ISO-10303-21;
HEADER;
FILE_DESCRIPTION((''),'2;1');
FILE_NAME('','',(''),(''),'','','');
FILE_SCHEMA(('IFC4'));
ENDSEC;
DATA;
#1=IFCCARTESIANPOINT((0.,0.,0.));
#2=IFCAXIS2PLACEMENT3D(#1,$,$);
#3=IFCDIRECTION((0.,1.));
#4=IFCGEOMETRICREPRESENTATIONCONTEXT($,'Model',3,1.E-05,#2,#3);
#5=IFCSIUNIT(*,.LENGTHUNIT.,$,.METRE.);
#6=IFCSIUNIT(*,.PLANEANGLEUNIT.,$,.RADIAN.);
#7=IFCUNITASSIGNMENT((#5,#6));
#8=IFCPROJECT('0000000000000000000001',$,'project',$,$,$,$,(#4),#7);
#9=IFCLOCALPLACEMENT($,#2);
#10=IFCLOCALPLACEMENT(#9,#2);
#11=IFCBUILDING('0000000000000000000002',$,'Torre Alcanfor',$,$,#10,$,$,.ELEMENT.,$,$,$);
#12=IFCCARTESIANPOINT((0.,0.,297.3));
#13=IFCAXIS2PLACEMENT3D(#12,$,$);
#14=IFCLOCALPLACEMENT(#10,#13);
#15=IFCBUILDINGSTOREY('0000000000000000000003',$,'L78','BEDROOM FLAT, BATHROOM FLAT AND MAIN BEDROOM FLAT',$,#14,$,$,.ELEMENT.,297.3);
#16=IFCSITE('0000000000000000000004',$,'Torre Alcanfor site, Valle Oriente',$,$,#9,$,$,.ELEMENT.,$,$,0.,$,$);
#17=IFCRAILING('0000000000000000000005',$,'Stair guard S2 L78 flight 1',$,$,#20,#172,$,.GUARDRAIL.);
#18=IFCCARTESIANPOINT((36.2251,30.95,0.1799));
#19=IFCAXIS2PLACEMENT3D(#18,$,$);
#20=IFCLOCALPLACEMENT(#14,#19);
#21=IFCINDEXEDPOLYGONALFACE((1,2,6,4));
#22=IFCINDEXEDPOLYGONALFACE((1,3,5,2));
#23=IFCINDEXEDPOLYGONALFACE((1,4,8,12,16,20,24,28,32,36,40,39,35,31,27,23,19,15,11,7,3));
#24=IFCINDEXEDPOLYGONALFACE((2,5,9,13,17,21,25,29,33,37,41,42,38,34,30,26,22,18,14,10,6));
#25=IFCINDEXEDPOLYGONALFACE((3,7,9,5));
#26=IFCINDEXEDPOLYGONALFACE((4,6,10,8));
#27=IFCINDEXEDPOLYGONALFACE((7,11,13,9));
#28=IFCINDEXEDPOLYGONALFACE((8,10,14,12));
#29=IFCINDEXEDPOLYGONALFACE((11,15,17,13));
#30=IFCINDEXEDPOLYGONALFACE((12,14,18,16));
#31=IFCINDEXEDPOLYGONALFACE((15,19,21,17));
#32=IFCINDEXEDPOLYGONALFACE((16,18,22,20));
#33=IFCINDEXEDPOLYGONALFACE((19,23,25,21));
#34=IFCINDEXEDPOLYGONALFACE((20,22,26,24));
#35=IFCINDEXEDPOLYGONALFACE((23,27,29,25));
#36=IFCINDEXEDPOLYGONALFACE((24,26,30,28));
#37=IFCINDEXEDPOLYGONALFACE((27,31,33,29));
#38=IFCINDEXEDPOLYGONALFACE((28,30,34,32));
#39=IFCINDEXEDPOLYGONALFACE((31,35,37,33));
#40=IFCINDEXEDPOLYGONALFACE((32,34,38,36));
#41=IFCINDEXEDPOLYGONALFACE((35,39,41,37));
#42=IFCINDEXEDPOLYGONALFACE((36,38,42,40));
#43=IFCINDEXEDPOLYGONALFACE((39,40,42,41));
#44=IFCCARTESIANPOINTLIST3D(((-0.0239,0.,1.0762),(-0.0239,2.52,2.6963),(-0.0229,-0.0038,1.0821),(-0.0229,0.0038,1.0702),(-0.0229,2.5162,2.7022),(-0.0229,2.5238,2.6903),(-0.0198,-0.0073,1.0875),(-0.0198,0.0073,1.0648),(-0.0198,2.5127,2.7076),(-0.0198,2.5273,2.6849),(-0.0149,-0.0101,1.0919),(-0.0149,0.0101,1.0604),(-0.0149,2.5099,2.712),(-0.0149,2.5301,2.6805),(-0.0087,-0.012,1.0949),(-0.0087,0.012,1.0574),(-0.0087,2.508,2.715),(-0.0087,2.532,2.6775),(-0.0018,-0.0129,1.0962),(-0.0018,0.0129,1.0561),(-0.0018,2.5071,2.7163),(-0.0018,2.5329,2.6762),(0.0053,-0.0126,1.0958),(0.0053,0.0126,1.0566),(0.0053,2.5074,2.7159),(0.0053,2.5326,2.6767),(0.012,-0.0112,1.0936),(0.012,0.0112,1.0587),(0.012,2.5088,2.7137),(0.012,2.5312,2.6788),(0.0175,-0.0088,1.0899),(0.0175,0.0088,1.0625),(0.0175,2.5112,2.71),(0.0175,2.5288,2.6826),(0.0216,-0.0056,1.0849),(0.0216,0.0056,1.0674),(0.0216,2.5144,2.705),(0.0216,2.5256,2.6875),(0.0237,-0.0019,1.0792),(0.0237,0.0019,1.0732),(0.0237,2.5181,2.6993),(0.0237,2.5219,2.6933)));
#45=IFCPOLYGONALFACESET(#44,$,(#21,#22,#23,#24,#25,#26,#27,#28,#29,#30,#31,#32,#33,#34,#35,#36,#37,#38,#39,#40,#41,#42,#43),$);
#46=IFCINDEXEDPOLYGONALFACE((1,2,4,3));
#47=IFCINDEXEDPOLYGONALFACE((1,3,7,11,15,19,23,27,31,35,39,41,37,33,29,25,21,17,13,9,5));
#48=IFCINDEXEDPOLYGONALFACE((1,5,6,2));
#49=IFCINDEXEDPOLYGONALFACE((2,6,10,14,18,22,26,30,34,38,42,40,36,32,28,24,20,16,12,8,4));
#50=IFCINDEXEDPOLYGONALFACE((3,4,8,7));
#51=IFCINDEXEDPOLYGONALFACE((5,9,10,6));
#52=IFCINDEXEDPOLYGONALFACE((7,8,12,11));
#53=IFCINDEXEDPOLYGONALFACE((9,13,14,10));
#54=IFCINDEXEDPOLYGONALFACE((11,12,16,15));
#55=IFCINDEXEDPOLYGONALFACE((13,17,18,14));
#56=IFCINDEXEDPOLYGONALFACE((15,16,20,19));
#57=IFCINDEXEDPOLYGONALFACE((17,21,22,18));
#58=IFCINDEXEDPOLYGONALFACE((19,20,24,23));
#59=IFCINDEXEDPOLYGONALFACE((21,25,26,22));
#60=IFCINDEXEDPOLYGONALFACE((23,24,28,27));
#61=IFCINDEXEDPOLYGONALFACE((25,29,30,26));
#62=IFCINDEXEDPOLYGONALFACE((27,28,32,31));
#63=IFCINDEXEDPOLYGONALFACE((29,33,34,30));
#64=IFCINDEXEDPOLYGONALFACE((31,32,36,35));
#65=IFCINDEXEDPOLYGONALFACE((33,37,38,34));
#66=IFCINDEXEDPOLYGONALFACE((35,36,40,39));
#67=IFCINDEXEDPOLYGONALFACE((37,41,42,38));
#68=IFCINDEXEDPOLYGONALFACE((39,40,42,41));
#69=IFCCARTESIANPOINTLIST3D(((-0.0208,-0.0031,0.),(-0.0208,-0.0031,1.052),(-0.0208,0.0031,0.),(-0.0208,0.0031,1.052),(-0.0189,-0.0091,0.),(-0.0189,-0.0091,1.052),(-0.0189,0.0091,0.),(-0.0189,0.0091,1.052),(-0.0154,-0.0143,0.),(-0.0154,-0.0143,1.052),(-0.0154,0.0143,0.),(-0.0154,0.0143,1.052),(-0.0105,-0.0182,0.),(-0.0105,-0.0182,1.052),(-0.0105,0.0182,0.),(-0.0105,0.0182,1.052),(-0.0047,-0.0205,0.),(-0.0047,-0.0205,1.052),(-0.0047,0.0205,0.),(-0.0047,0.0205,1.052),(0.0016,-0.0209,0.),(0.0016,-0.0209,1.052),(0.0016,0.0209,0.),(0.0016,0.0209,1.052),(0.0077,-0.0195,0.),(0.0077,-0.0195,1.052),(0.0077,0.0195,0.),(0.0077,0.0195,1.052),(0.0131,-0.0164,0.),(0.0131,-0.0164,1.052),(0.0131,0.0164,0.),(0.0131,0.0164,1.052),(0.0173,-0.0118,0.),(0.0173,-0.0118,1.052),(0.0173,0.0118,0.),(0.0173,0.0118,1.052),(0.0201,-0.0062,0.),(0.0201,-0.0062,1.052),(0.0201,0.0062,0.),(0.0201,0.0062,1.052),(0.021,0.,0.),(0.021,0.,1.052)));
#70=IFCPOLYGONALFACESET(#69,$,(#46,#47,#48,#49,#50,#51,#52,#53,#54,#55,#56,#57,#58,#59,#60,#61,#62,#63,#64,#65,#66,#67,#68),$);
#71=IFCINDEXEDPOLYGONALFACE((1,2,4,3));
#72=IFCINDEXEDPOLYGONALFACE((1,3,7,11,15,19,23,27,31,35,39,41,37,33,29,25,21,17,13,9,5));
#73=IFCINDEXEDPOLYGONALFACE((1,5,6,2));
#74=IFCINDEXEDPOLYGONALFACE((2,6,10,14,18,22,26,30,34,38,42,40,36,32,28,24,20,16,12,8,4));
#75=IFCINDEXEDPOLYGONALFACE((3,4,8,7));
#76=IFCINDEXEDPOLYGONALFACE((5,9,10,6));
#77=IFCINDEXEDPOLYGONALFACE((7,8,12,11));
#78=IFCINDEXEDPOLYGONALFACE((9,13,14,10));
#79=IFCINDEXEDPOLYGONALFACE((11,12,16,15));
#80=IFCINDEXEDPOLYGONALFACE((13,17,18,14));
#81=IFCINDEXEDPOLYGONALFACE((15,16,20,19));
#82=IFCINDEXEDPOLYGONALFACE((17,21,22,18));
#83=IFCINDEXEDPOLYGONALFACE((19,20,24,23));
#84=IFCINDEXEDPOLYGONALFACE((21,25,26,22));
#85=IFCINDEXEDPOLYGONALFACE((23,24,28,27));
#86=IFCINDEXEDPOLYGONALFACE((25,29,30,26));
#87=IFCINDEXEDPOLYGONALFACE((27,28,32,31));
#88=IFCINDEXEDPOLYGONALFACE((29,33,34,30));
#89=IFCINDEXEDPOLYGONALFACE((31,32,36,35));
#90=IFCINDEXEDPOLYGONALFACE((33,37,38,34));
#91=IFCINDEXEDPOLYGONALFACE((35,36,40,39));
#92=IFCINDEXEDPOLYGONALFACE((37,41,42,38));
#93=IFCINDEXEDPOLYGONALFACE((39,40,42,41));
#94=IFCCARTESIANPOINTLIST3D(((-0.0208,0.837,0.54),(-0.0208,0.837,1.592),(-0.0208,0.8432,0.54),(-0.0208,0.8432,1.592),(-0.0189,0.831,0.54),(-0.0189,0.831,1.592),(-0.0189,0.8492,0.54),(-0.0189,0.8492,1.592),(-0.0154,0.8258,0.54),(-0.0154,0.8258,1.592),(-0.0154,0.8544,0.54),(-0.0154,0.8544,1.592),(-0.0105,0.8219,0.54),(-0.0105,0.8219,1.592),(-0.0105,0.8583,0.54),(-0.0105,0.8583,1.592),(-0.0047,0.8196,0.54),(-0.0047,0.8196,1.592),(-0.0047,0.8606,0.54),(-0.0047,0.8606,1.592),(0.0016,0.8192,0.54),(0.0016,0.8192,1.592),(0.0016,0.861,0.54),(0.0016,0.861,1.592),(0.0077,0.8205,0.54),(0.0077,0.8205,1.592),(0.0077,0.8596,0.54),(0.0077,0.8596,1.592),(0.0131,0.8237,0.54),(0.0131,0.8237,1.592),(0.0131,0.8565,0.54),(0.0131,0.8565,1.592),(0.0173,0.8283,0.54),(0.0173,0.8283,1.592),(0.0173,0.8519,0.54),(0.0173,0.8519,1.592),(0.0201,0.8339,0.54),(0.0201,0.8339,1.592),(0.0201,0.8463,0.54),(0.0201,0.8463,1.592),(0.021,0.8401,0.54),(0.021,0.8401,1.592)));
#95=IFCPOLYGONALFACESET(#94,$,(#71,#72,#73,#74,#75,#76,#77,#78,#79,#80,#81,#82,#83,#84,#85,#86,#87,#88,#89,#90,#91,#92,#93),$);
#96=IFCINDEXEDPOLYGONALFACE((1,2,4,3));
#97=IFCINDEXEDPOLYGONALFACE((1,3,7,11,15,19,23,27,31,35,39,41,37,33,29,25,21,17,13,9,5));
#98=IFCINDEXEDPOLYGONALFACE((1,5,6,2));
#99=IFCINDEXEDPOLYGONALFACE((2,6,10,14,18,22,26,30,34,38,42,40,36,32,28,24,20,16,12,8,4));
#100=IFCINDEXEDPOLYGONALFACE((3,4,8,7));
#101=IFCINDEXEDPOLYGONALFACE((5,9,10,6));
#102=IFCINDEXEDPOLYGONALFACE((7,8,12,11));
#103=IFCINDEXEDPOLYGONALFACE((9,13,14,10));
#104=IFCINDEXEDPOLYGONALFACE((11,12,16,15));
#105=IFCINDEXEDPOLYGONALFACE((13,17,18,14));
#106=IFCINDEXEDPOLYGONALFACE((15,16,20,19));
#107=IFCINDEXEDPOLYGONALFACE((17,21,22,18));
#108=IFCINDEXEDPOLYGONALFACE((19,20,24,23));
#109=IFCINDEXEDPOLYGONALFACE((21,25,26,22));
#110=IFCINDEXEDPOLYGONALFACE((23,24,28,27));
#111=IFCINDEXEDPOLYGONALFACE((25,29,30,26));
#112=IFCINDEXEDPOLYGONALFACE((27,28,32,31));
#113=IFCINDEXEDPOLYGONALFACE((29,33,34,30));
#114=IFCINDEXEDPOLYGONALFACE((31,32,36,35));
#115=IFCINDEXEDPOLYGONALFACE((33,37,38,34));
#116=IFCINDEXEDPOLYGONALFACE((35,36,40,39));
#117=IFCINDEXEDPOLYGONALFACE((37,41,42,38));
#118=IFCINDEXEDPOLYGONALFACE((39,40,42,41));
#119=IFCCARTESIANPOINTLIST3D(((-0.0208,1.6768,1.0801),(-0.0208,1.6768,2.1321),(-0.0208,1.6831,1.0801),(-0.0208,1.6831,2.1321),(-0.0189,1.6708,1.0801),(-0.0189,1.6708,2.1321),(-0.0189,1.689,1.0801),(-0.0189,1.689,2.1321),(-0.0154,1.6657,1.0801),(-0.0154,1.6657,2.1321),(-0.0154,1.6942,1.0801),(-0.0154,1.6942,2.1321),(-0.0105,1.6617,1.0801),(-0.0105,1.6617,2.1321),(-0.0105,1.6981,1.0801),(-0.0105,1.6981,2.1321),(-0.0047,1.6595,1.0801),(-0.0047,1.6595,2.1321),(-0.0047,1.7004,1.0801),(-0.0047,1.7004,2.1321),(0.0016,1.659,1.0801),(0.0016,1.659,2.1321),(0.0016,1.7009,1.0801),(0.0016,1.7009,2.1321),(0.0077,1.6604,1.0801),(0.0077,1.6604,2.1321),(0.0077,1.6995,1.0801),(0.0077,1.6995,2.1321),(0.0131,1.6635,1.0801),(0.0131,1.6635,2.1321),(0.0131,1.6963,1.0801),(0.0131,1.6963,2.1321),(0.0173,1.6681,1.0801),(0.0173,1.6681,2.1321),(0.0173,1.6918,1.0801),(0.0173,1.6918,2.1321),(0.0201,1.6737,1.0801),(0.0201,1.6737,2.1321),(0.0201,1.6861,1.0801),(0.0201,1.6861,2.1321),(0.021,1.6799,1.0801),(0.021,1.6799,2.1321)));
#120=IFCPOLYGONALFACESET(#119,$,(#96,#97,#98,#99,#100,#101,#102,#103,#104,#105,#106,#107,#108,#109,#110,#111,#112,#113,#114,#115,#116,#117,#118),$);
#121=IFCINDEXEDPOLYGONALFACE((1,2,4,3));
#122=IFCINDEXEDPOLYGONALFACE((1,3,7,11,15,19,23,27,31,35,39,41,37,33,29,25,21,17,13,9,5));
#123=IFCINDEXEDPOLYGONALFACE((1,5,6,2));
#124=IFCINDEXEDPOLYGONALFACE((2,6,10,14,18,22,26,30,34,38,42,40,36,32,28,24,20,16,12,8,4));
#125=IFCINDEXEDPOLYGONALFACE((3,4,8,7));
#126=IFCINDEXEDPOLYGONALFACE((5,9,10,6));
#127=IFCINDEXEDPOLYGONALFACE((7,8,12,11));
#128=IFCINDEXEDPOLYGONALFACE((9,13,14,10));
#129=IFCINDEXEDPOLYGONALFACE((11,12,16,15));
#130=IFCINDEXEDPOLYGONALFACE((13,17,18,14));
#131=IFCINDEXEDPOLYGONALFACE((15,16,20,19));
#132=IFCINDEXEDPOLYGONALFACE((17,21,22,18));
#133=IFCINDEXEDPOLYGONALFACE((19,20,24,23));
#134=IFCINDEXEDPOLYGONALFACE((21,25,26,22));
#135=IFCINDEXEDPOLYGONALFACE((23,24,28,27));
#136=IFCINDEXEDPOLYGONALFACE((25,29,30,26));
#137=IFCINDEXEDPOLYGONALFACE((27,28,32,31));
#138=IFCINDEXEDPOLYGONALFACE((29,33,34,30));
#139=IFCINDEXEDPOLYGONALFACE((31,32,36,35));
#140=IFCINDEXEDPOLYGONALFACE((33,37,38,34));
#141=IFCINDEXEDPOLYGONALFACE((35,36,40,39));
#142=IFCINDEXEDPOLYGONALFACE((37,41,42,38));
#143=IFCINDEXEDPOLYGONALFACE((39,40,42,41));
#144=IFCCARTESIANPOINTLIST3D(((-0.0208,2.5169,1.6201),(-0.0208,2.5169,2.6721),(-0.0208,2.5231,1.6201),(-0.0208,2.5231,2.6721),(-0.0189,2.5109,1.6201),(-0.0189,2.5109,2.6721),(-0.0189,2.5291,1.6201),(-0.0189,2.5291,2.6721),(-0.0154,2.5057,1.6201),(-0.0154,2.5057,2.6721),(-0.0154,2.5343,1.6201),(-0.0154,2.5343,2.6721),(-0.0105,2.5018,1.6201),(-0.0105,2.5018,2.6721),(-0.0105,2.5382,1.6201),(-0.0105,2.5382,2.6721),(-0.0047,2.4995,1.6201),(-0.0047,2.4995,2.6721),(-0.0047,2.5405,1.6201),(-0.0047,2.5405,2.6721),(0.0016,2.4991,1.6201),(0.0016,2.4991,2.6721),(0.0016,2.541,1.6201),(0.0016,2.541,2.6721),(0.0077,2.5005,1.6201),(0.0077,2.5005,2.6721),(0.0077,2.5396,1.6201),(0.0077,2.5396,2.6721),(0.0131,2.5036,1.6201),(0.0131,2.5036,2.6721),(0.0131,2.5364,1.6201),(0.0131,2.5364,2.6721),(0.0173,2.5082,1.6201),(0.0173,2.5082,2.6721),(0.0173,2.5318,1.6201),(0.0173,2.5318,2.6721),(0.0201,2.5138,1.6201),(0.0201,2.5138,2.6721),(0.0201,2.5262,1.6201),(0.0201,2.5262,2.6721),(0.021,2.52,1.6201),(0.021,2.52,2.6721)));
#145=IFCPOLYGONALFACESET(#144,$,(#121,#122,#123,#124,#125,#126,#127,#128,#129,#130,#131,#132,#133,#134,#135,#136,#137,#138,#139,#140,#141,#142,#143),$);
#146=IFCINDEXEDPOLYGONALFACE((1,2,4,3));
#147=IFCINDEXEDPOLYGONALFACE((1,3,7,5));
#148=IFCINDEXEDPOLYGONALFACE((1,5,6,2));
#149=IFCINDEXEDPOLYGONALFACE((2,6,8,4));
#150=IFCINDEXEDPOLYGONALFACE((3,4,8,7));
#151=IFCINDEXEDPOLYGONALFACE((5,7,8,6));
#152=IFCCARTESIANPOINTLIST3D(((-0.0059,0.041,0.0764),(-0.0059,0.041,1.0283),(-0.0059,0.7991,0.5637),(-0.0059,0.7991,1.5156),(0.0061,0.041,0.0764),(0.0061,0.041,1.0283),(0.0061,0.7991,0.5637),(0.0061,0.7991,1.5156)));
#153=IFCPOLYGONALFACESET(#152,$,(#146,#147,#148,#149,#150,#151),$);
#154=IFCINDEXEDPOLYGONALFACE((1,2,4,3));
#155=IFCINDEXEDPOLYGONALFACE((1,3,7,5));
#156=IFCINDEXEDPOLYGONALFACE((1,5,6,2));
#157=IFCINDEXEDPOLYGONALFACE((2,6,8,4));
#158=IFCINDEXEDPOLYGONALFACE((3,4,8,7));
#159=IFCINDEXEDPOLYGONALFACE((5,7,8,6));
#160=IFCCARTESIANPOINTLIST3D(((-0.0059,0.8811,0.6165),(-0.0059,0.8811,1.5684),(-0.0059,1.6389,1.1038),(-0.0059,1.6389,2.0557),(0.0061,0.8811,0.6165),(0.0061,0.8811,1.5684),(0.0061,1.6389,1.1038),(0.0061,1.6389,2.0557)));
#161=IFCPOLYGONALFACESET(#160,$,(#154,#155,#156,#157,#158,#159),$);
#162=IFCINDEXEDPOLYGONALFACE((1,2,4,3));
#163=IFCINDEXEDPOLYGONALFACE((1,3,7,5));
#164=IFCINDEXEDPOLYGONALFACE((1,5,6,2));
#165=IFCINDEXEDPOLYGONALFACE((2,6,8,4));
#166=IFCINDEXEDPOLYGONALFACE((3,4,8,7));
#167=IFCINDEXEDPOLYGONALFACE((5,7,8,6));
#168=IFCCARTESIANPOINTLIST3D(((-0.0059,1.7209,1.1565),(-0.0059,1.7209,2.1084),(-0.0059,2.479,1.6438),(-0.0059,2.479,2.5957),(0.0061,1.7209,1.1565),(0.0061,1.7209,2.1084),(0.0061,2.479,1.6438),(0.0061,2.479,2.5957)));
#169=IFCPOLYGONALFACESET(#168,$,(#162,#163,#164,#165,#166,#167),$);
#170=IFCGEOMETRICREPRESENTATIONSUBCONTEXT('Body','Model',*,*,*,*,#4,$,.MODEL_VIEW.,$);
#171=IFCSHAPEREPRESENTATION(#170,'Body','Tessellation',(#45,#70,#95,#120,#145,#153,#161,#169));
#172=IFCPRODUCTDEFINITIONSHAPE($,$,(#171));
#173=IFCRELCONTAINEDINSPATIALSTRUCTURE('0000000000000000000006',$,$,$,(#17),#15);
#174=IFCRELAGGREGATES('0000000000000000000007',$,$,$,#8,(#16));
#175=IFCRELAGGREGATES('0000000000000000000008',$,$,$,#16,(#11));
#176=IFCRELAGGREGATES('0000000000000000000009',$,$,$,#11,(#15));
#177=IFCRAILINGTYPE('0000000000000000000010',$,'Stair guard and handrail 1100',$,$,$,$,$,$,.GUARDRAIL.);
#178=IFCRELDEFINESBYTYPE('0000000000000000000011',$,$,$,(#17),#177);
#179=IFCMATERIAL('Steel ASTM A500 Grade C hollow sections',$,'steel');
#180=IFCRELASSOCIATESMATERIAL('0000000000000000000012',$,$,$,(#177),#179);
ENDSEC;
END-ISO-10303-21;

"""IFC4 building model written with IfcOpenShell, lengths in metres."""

from ifc_helpers import new_model, si_unit, direction, frame, origin, origin_2d, place, context, subcontext, project, spatial, polyline, circle, outline, extrude, material, type_object, element, save


model = new_model("IFC4")

# Units and contexts
model_context = context("Model", 3, precision=1e-05, world=origin(), true_north=direction((0.0, 1.0)))
body_context = subcontext(model_context, "Body", "Model", "MODEL_VIEW")
ifc_project = project(units=[si_unit("LENGTHUNIT", "METRE"), si_unit("PLANEANGLEUNIT", "RADIAN")], contexts=[model_context])

# Site, building, storey
site_placement = place(None, origin())
site = spatial("IfcSite", under=ifc_project, at=site_placement, Name="Torre Alcanfor site, Valle Oriente", CompositionType="ELEMENT", RefElevation=0.0)
building_placement = place(site_placement, origin())
building = spatial("IfcBuilding", under=site, at=building_placement, Name="Torre Alcanfor", CompositionType="ELEMENT")
storey_placement = place(building_placement, frame((0.0, 0.0, 297.3)))
storey = spatial("IfcBuildingStorey", under=building, at=storey_placement, Name="L78", Description="BEDROOM FLAT, BATHROOM FLAT AND MAIN BEDROOM FLAT", CompositionType="ELEMENT", Elevation=297.3)

# Railing
ifc_material_1 = material(Name="Steel ASTM A500 Grade C hollow sections", Category="steel")
railing_type_1 = type_object("IfcRailingType", Name="Stair guard and handrail 1100", PredefinedType="GUARDRAIL", material=ifc_material_1)
railing_1_placement = place(storey_placement, frame((36.2251, 30.95, 0.1799)))
element("IfcRailing", 1, at=railing_1_placement, inside=storey, type_object=railing_type_1, Name="Stair guard S2 L78 flight 1", PredefinedType="GUARDRAIL", context=body_context, shape_type="SweptSolid", body=[
    extrude(circle(Radius=0.0239, at=origin_2d()), frame((0.0, 0.0, 1.0762), z_axis=(0.0, 0.841163, 0.540782), x_axis=(-1.0, 0.0, 0.0)), (0.0, 0.0, 1.0), 2.9958),
    extrude(circle(Radius=0.021, at=origin_2d()), origin(), (0.0, 0.0, 1.0), 1.052),
    extrude(circle(Radius=0.021, at=origin_2d()), frame((0.0, 0.8401, 0.54)), (0.0, 0.0, 1.0), 1.052),
    extrude(circle(Radius=0.021, at=origin_2d()), frame((0.0, 1.6799, 1.0801)), (0.0, 0.0, 1.0), 1.052),
    extrude(circle(Radius=0.021, at=origin_2d()), frame((0.0, 2.52, 1.6201)), (0.0, 0.0, 1.0), 1.052),
    extrude(outline(polyline([(0.041, 0.0764), (0.7991, 0.5637), (0.7991, 1.5156), (0.041, 1.0283), (0.041, 0.0764)])), frame((-0.0059, 0.0, 0.0), z_axis=(1.0, 0.0, 0.0), x_axis=(0.0, 1.0, 0.0)), (0.0, 0.0, 1.0), 0.012),
    extrude(outline(polyline([(0.8811, 0.6165), (1.6389, 1.1038), (1.6389, 2.0557), (0.8811, 1.5684), (0.8811, 0.6165)])), frame((-0.0059, 0.0, 0.0), z_axis=(1.0, 0.0, 0.0), x_axis=(0.0, 1.0, 0.0)), (0.0, 0.0, 1.0), 0.012),
    extrude(outline(polyline([(1.7209, 1.1565), (2.479, 1.6438), (2.479, 2.5957), (1.7209, 2.1084), (1.7209, 1.1565)])), frame((-0.0059, 0.0, 0.0), z_axis=(1.0, 0.0, 0.0), x_axis=(0.0, 1.0, 0.0)), (0.0, 0.0, 1.0), 0.012),
])

save(model, "model.ifc")
